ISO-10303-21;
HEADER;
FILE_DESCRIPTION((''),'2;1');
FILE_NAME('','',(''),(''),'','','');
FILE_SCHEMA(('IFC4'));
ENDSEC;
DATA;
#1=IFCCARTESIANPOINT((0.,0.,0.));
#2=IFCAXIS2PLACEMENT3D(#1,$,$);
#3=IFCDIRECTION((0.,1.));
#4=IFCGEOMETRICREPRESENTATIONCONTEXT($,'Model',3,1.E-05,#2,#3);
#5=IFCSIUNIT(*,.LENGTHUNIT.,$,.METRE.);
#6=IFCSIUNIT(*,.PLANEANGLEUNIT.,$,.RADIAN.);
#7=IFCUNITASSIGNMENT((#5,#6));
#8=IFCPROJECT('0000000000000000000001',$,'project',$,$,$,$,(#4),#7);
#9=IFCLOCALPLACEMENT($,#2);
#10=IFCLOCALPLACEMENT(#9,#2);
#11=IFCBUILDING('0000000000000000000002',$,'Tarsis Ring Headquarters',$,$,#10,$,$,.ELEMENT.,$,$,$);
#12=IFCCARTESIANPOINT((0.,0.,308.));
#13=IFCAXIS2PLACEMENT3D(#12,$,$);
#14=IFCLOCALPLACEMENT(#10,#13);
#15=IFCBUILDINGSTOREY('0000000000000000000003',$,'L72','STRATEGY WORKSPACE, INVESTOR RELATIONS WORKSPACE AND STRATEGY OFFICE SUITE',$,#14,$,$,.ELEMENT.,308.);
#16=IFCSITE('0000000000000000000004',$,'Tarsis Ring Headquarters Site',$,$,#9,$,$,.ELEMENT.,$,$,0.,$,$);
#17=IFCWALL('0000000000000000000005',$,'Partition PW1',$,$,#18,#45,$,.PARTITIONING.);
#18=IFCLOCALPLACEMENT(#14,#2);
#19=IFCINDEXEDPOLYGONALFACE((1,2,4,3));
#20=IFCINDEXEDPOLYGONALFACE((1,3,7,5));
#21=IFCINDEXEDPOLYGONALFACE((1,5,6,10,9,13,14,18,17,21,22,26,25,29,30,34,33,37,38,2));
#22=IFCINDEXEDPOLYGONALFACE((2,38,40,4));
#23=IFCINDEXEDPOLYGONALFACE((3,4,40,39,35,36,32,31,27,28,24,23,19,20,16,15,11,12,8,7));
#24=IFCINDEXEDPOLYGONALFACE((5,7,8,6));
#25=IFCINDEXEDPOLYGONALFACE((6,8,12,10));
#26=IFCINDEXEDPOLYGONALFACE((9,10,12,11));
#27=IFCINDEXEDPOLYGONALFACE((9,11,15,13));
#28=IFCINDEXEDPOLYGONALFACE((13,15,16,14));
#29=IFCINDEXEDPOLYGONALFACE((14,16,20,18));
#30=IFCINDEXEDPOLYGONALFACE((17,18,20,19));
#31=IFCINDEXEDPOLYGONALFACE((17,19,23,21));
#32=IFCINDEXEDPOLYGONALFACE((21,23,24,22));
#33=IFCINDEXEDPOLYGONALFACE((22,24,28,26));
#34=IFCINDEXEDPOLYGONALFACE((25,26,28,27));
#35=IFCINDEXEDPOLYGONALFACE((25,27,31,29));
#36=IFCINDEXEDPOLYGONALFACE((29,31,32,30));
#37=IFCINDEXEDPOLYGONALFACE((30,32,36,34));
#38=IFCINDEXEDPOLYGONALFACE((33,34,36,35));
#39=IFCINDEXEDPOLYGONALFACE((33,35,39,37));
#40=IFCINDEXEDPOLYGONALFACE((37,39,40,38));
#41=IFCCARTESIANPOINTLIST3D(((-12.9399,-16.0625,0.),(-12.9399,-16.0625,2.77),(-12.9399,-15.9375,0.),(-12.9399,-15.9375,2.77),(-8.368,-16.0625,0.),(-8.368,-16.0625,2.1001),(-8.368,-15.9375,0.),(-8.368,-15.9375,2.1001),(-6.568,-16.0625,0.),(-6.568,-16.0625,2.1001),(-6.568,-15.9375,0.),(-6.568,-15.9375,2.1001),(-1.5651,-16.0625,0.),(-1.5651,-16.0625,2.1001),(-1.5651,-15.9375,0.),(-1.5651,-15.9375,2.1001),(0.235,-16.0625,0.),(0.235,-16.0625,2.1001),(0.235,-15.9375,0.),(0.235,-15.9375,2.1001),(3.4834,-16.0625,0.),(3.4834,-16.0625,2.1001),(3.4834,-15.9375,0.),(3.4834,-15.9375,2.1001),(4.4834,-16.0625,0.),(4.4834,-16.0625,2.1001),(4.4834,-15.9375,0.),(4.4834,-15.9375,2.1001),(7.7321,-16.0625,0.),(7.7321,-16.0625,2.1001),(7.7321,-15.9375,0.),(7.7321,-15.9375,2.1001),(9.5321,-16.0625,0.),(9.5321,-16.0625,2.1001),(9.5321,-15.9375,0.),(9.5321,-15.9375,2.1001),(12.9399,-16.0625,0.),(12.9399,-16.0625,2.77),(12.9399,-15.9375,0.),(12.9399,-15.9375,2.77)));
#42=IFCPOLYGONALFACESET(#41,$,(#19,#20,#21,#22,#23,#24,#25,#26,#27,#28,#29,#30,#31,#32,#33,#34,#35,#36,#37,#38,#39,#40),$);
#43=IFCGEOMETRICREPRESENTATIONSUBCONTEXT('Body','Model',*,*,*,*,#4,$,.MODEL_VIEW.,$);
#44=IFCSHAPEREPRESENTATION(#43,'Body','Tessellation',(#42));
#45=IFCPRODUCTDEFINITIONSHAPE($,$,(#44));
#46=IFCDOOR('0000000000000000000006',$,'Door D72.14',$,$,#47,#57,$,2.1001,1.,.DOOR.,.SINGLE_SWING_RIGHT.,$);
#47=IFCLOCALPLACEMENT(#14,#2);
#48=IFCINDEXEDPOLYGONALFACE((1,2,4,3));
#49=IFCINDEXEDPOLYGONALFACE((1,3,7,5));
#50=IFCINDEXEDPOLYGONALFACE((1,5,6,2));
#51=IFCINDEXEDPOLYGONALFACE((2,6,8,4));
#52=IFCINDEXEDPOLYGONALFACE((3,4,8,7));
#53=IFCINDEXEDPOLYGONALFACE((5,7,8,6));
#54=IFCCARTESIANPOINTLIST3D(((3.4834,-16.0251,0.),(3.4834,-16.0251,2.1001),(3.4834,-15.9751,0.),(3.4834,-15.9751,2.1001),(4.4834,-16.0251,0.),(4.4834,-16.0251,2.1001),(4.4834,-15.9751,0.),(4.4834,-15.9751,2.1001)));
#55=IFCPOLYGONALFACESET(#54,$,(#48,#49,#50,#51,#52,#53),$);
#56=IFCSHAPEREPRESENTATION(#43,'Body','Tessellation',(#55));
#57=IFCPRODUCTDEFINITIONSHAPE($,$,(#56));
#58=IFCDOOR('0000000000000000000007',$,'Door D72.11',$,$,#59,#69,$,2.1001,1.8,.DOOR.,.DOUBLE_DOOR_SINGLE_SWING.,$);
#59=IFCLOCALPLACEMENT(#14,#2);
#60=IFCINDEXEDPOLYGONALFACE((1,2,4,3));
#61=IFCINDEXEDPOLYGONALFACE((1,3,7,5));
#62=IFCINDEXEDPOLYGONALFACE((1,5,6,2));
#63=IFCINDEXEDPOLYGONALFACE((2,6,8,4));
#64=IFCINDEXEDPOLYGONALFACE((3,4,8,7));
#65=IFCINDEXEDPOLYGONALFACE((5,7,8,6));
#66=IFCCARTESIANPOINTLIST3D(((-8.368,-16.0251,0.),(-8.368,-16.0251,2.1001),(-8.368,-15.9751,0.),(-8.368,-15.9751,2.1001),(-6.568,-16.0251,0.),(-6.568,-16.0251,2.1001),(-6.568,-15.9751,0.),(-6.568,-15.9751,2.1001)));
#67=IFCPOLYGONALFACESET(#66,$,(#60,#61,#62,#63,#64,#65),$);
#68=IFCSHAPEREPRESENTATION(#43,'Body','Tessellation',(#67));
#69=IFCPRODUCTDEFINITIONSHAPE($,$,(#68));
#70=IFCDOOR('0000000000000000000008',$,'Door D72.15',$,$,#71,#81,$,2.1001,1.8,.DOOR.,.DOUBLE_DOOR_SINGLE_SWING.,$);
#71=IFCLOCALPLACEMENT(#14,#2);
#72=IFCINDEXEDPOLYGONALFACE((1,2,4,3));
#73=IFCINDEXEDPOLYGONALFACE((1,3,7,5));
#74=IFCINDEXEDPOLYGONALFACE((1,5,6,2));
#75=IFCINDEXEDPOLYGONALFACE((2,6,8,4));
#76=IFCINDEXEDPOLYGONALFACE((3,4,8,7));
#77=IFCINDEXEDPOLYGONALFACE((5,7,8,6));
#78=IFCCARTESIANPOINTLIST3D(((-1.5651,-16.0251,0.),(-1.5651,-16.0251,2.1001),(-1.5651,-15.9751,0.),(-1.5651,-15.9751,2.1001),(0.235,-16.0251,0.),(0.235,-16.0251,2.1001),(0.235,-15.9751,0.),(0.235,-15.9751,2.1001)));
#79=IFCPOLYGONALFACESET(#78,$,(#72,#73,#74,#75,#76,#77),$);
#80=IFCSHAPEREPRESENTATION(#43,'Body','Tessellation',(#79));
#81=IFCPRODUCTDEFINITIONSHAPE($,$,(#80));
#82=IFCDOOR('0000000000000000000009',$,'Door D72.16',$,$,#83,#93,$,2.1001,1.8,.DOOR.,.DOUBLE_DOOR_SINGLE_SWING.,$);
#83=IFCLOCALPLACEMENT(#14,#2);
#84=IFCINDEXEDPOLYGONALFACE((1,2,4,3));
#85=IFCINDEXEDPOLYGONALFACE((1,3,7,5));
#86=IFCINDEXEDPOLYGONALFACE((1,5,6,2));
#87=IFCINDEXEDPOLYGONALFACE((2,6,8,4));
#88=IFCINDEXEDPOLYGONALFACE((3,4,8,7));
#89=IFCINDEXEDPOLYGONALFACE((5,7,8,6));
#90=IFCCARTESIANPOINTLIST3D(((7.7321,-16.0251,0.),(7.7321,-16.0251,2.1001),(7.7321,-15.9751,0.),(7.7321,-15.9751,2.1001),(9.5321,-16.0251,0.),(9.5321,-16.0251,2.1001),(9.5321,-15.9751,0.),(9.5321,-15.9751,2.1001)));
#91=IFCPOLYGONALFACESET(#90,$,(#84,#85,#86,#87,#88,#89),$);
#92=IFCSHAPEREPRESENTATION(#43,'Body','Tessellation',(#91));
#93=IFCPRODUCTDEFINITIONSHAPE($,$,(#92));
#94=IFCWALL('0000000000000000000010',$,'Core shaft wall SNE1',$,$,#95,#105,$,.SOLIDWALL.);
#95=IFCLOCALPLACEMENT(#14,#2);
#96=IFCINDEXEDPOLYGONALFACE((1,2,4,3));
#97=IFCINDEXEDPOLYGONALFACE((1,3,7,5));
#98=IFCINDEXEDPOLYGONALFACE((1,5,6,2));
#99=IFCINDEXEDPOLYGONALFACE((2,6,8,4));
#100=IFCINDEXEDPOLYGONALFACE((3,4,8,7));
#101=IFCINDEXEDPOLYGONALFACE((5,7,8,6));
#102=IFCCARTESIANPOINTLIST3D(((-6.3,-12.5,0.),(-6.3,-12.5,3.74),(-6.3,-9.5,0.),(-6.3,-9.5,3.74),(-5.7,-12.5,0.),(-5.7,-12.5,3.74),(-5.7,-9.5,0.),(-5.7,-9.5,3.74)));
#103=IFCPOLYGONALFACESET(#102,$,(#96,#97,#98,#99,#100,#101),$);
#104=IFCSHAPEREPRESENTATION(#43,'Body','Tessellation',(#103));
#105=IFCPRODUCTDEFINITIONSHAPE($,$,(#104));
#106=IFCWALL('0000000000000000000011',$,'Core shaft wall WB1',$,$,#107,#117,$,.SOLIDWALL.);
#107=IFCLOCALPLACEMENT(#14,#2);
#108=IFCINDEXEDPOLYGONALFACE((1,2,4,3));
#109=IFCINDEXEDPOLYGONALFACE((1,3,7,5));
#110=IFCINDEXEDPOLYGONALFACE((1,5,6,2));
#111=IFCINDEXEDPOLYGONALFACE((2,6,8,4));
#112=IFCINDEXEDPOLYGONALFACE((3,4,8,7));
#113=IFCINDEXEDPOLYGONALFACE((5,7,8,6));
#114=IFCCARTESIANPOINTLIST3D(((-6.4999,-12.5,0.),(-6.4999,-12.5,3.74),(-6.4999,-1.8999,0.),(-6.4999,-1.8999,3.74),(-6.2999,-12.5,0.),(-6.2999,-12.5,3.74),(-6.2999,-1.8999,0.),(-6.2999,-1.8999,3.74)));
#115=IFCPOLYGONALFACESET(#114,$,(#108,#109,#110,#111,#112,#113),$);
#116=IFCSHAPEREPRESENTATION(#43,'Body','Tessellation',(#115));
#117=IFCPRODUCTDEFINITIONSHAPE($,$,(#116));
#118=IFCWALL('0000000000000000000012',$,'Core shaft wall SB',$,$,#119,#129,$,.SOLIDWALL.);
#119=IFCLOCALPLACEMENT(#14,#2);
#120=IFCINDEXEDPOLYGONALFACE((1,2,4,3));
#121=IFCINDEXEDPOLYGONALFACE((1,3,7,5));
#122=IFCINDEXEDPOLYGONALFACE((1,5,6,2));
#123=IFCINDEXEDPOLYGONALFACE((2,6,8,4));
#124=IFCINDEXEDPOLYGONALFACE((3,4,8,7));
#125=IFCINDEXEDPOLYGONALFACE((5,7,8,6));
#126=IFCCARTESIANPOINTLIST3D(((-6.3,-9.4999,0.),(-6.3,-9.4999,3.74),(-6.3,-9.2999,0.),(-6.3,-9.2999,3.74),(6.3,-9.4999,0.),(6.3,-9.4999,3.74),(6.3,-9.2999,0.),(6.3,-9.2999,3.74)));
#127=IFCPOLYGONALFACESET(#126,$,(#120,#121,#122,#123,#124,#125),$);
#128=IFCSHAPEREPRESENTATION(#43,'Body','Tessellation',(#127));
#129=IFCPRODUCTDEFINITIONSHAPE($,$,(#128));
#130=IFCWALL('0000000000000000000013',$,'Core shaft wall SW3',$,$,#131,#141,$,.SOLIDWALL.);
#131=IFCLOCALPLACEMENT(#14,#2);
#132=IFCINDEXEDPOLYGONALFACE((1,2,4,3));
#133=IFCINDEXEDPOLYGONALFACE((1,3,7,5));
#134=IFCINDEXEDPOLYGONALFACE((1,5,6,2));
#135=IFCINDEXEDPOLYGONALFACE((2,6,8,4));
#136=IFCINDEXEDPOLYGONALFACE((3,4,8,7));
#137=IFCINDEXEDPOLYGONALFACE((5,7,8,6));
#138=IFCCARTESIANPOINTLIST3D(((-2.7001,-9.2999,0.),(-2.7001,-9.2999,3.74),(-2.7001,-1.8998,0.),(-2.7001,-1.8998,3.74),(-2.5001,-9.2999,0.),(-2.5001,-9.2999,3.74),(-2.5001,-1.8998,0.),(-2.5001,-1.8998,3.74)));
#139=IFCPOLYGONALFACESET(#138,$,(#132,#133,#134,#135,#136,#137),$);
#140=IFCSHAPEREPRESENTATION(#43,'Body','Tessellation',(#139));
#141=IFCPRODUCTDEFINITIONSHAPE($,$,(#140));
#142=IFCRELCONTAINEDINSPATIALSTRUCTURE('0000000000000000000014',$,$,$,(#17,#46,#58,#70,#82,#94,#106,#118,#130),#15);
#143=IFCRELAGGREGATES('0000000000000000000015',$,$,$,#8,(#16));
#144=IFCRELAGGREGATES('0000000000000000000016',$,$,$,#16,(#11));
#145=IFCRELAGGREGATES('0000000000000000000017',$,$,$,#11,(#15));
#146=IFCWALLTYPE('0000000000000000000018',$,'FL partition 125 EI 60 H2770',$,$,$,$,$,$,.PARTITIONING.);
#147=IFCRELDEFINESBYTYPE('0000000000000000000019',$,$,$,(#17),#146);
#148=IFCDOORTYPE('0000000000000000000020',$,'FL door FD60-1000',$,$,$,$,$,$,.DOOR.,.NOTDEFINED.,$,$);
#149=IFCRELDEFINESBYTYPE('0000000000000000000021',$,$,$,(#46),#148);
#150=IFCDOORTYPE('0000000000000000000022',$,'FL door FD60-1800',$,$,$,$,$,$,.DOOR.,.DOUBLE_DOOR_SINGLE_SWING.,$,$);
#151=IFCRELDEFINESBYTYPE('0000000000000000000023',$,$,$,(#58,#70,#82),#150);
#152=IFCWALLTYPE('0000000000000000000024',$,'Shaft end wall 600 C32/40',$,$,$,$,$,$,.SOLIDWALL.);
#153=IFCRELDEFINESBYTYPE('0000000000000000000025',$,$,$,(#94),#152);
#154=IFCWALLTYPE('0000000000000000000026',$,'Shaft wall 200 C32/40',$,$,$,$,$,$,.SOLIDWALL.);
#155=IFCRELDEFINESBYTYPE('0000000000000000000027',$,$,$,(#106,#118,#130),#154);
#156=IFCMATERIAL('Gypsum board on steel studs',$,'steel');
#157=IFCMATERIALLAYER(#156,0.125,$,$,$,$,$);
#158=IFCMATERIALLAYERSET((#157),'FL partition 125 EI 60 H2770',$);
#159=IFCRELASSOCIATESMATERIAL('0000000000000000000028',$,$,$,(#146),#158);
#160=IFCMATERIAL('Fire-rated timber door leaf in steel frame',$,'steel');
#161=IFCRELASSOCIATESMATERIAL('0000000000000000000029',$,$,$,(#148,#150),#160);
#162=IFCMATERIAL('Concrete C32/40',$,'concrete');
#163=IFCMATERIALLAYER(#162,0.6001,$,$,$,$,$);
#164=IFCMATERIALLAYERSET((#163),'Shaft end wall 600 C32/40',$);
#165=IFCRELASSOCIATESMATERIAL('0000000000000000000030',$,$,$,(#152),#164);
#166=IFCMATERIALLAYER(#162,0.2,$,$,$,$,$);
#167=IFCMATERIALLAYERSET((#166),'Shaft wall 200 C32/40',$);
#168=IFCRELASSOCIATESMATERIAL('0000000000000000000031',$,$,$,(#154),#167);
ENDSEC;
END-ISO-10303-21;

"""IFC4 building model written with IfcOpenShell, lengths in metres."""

from ifc_helpers import new_model, si_unit, direction, frame, frame_2d, origin, place, context, subcontext, project, spatial, rectangle, extrude, material, layer, layer_set, type_object, element, fill, save


model = new_model("IFC4")

# Units and contexts
model_context = context("Model", 3, precision=1e-05, world=origin(), true_north=direction((0.0, 1.0)))
body_context = subcontext(model_context, "Body", "Model", "MODEL_VIEW")
ifc_project = project(units=[si_unit("LENGTHUNIT", "METRE"), si_unit("PLANEANGLEUNIT", "RADIAN")], contexts=[model_context])

# Site, building, storey
site_placement = place(None, origin())
site = spatial("IfcSite", under=ifc_project, at=site_placement, Name="Tarsis Ring Headquarters Site", CompositionType="ELEMENT", RefElevation=0.0)
building_placement = place(site_placement, origin())
building = spatial("IfcBuilding", under=site, at=building_placement, Name="Tarsis Ring Headquarters", CompositionType="ELEMENT")
storey_placement = place(building_placement, frame((0.0, 0.0, 308.0)))
storey = spatial("IfcBuildingStorey", under=building, at=storey_placement, Name="L72", Description="STRATEGY WORKSPACE, INVESTOR RELATIONS WORKSPACE AND STRATEGY OFFICE SUITE", CompositionType="ELEMENT", Elevation=308.0)

# Wall, openings, doors
ifc_material_1 = material(Name="Gypsum board on steel studs", Category="steel")
ifc_layer_1 = layer(ifc_material_1, 0.125)
ifc_layer_set_1 = layer_set([ifc_layer_1], Name="FL partition 125 EI 60 H2770")
wall_type_1 = type_object("IfcWallType", Name="FL partition 125 EI 60 H2770", PredefinedType="PARTITIONING", material=ifc_layer_set_1)
wall_1_placement = place(storey_placement, frame((-12.9399, -16.0, 0.0), z_axis=(0.0, 0.0, 1.0), x_axis=(1.0, 0.0, 0.0)))
wall_1 = element("IfcWall", 1, at=wall_1_placement, inside=storey, type_object=wall_type_1, Name="Partition PW1", PredefinedType="PARTITIONING", context=body_context, shape_type="SweptSolid", body=[
    extrude(rectangle(XDim=25.8799, YDim=0.125, at=frame_2d((12.9399, 0.0))), origin(), (0.0, 0.0, 1.0), 2.77),
])
opening_1_placement = place(wall_1_placement, frame((4.572, 0.0, 0.0)))
opening_1 = element("IfcOpeningElement", 2, at=opening_1_placement, cuts=wall_1, PredefinedType="OPENING", context=body_context, shape_type="SweptSolid", body=[
    extrude(rectangle(XDim=1.8, YDim=2.1001, at=frame_2d((0.8999, 1.05))), frame((0.0, 0.0725, 0.0), z_axis=(0.0, -1.0, 0.0), x_axis=(1.0, 0.0, 0.0)), (0.0, 0.0, 1.0), 0.145),
])
opening_2_placement = place(wall_1_placement, frame((16.4233, 0.0, 0.0)))
opening_2 = element("IfcOpeningElement", 3, at=opening_2_placement, cuts=wall_1, PredefinedType="OPENING", context=body_context, shape_type="SweptSolid", body=[
    extrude(rectangle(XDim=1.0, YDim=2.1001, at=frame_2d((0.5, 1.05))), frame((0.0, 0.0725, 0.0), z_axis=(0.0, -1.0, 0.0), x_axis=(1.0, 0.0, 0.0)), (0.0, 0.0, 1.0), 0.145),
])
opening_3_placement = place(wall_1_placement, frame((11.375, 0.0, 0.0)))
opening_3 = element("IfcOpeningElement", 4, at=opening_3_placement, cuts=wall_1, PredefinedType="OPENING", context=body_context, shape_type="SweptSolid", body=[
    extrude(rectangle(XDim=1.8, YDim=2.1001, at=frame_2d((0.8999, 1.05))), frame((0.0, 0.0725, 0.0), z_axis=(0.0, -1.0, 0.0), x_axis=(1.0, 0.0, 0.0)), (0.0, 0.0, 1.0), 0.145),
])
opening_4_placement = place(wall_1_placement, frame((20.6721, 0.0, 0.0)))
opening_4 = element("IfcOpeningElement", 5, at=opening_4_placement, cuts=wall_1, PredefinedType="OPENING", context=body_context, shape_type="SweptSolid", body=[
    extrude(rectangle(XDim=1.8, YDim=2.1001, at=frame_2d((0.8999, 1.05))), frame((0.0, 0.0725, 0.0), z_axis=(0.0, -1.0, 0.0), x_axis=(1.0, 0.0, 0.0)), (0.0, 0.0, 1.0), 0.145),
])
ifc_material_2 = material(Name="Fire-rated timber door leaf in steel frame", Category="steel")
door_type_1 = type_object("IfcDoorType", Name="FL door FD60-1000", OperationType="NOTDEFINED", PredefinedType="DOOR", material=ifc_material_2)
door_1_placement = place(opening_2_placement, origin())
door_1 = element("IfcDoor", 6, at=door_1_placement, inside=storey, type_object=door_type_1, Name="Door D72.14", OperationType="SINGLE_SWING_RIGHT", OverallHeight=2.1001, OverallWidth=1.0, PredefinedType="DOOR", context=body_context, shape_type="SweptSolid", body=[
    extrude(rectangle(XDim=1.0, YDim=2.1001, at=frame_2d((0.5, 1.05))), frame((0.0, 0.0249, 0.0), z_axis=(0.0, -1.0, 0.0), x_axis=(1.0, 0.0, 0.0)), (0.0, 0.0, 1.0), 0.05),
])
fill(opening_2, door_1)
door_type_2 = type_object("IfcDoorType", Name="FL door FD60-1800", OperationType="DOUBLE_DOOR_SINGLE_SWING", PredefinedType="DOOR", material=ifc_material_2)
door_2_placement = place(opening_1_placement, origin())
door_2 = element("IfcDoor", 7, at=door_2_placement, inside=storey, type_object=door_type_2, Name="Door D72.11", OperationType="DOUBLE_DOOR_SINGLE_SWING", OverallHeight=2.1001, OverallWidth=1.8, PredefinedType="DOOR", context=body_context, shape_type="SweptSolid", body=[
    extrude(rectangle(XDim=1.8, YDim=2.1001, at=frame_2d((0.8999, 1.05))), frame((0.0, 0.0249, 0.0), z_axis=(0.0, -1.0, 0.0), x_axis=(1.0, 0.0, 0.0)), (0.0, 0.0, 1.0), 0.05),
])
fill(opening_1, door_2)
door_3_placement = place(opening_3_placement, origin())
door_3 = element("IfcDoor", 8, at=door_3_placement, inside=storey, type_object=door_type_2, Name="Door D72.15", OperationType="DOUBLE_DOOR_SINGLE_SWING", OverallHeight=2.1001, OverallWidth=1.8, PredefinedType="DOOR", context=body_context, shape_type="SweptSolid", body=[
    extrude(rectangle(XDim=1.8, YDim=2.1001, at=frame_2d((0.8999, 1.05))), frame((0.0, 0.0249, 0.0), z_axis=(0.0, -1.0, 0.0), x_axis=(1.0, 0.0, 0.0)), (0.0, 0.0, 1.0), 0.05),
])
fill(opening_3, door_3)
door_4_placement = place(opening_4_placement, origin())
door_4 = element("IfcDoor", 9, at=door_4_placement, inside=storey, type_object=door_type_2, Name="Door D72.16", OperationType="DOUBLE_DOOR_SINGLE_SWING", OverallHeight=2.1001, OverallWidth=1.8, PredefinedType="DOOR", context=body_context, shape_type="SweptSolid", body=[
    extrude(rectangle(XDim=1.8, YDim=2.1001, at=frame_2d((0.8999, 1.05))), frame((0.0, 0.0249, 0.0), z_axis=(0.0, -1.0, 0.0), x_axis=(1.0, 0.0, 0.0)), (0.0, 0.0, 1.0), 0.05),
])
fill(opening_4, door_4)

# Walls
ifc_material_3 = material(Name="Concrete C32/40", Category="concrete")
ifc_layer_2 = layer(ifc_material_3, 0.6001)
ifc_layer_set_2 = layer_set([ifc_layer_2], Name="Shaft end wall 600 C32/40")
wall_type_2 = type_object("IfcWallType", Name="Shaft end wall 600 C32/40", PredefinedType="SOLIDWALL", material=ifc_layer_set_2)
wall_2_placement = place(storey_placement, frame((-6.0, -12.5, 0.0), z_axis=(0.0, 0.0, 1.0), x_axis=(0.0, 1.0, 0.0)))
element("IfcWall", 10, at=wall_2_placement, inside=storey, type_object=wall_type_2, Name="Core shaft wall SNE1", PredefinedType="SOLIDWALL", context=body_context, shape_type="SweptSolid", body=[
    extrude(rectangle(XDim=3.0, YDim=0.6001, at=frame_2d((1.5, 0.0))), origin(), (0.0, 0.0, 1.0), 3.74),
])
ifc_layer_3 = layer(ifc_material_3, 0.2)
ifc_layer_set_3 = layer_set([ifc_layer_3], Name="Shaft wall 200 C32/40")
wall_type_3 = type_object("IfcWallType", Name="Shaft wall 200 C32/40", PredefinedType="SOLIDWALL", material=ifc_layer_set_3)
wall_3_placement = place(storey_placement, frame((-6.3999, -12.5, 0.0), z_axis=(0.0, 0.0, 1.0), x_axis=(0.0, 1.0, 0.0)))
element("IfcWall", 11, at=wall_3_placement, inside=storey, type_object=wall_type_3, Name="Core shaft wall WB1", PredefinedType="SOLIDWALL", context=body_context, shape_type="SweptSolid", body=[
    extrude(rectangle(XDim=10.6001, YDim=0.2, at=frame_2d((5.3, 0.0))), origin(), (0.0, 0.0, 1.0), 3.74),
])
wall_4_placement = place(storey_placement, frame((-6.3, -9.3999, 0.0), z_axis=(0.0, 0.0, 1.0), x_axis=(1.0, 0.0, 0.0)))
element("IfcWall", 12, at=wall_4_placement, inside=storey, type_object=wall_type_3, Name="Core shaft wall SB", PredefinedType="SOLIDWALL", context=body_context, shape_type="SweptSolid", body=[
    extrude(rectangle(XDim=12.6001, YDim=0.2, at=frame_2d((6.3, 0.0))), origin(), (0.0, 0.0, 1.0), 3.74),
])
wall_5_placement = place(storey_placement, frame((-2.6001, -9.3, 0.0), z_axis=(0.0, 0.0, 1.0), x_axis=(0.0, 1.0, 0.0)))
element("IfcWall", 13, at=wall_5_placement, inside=storey, type_object=wall_type_3, Name="Core shaft wall SW3", PredefinedType="SOLIDWALL", context=body_context, shape_type="SweptSolid", body=[
    extrude(rectangle(XDim=7.4001, YDim=0.2, at=frame_2d((3.7002, 0.0))), origin(), (0.0, 0.0, 1.0), 3.74),
])

save(model, "model.ifc")
